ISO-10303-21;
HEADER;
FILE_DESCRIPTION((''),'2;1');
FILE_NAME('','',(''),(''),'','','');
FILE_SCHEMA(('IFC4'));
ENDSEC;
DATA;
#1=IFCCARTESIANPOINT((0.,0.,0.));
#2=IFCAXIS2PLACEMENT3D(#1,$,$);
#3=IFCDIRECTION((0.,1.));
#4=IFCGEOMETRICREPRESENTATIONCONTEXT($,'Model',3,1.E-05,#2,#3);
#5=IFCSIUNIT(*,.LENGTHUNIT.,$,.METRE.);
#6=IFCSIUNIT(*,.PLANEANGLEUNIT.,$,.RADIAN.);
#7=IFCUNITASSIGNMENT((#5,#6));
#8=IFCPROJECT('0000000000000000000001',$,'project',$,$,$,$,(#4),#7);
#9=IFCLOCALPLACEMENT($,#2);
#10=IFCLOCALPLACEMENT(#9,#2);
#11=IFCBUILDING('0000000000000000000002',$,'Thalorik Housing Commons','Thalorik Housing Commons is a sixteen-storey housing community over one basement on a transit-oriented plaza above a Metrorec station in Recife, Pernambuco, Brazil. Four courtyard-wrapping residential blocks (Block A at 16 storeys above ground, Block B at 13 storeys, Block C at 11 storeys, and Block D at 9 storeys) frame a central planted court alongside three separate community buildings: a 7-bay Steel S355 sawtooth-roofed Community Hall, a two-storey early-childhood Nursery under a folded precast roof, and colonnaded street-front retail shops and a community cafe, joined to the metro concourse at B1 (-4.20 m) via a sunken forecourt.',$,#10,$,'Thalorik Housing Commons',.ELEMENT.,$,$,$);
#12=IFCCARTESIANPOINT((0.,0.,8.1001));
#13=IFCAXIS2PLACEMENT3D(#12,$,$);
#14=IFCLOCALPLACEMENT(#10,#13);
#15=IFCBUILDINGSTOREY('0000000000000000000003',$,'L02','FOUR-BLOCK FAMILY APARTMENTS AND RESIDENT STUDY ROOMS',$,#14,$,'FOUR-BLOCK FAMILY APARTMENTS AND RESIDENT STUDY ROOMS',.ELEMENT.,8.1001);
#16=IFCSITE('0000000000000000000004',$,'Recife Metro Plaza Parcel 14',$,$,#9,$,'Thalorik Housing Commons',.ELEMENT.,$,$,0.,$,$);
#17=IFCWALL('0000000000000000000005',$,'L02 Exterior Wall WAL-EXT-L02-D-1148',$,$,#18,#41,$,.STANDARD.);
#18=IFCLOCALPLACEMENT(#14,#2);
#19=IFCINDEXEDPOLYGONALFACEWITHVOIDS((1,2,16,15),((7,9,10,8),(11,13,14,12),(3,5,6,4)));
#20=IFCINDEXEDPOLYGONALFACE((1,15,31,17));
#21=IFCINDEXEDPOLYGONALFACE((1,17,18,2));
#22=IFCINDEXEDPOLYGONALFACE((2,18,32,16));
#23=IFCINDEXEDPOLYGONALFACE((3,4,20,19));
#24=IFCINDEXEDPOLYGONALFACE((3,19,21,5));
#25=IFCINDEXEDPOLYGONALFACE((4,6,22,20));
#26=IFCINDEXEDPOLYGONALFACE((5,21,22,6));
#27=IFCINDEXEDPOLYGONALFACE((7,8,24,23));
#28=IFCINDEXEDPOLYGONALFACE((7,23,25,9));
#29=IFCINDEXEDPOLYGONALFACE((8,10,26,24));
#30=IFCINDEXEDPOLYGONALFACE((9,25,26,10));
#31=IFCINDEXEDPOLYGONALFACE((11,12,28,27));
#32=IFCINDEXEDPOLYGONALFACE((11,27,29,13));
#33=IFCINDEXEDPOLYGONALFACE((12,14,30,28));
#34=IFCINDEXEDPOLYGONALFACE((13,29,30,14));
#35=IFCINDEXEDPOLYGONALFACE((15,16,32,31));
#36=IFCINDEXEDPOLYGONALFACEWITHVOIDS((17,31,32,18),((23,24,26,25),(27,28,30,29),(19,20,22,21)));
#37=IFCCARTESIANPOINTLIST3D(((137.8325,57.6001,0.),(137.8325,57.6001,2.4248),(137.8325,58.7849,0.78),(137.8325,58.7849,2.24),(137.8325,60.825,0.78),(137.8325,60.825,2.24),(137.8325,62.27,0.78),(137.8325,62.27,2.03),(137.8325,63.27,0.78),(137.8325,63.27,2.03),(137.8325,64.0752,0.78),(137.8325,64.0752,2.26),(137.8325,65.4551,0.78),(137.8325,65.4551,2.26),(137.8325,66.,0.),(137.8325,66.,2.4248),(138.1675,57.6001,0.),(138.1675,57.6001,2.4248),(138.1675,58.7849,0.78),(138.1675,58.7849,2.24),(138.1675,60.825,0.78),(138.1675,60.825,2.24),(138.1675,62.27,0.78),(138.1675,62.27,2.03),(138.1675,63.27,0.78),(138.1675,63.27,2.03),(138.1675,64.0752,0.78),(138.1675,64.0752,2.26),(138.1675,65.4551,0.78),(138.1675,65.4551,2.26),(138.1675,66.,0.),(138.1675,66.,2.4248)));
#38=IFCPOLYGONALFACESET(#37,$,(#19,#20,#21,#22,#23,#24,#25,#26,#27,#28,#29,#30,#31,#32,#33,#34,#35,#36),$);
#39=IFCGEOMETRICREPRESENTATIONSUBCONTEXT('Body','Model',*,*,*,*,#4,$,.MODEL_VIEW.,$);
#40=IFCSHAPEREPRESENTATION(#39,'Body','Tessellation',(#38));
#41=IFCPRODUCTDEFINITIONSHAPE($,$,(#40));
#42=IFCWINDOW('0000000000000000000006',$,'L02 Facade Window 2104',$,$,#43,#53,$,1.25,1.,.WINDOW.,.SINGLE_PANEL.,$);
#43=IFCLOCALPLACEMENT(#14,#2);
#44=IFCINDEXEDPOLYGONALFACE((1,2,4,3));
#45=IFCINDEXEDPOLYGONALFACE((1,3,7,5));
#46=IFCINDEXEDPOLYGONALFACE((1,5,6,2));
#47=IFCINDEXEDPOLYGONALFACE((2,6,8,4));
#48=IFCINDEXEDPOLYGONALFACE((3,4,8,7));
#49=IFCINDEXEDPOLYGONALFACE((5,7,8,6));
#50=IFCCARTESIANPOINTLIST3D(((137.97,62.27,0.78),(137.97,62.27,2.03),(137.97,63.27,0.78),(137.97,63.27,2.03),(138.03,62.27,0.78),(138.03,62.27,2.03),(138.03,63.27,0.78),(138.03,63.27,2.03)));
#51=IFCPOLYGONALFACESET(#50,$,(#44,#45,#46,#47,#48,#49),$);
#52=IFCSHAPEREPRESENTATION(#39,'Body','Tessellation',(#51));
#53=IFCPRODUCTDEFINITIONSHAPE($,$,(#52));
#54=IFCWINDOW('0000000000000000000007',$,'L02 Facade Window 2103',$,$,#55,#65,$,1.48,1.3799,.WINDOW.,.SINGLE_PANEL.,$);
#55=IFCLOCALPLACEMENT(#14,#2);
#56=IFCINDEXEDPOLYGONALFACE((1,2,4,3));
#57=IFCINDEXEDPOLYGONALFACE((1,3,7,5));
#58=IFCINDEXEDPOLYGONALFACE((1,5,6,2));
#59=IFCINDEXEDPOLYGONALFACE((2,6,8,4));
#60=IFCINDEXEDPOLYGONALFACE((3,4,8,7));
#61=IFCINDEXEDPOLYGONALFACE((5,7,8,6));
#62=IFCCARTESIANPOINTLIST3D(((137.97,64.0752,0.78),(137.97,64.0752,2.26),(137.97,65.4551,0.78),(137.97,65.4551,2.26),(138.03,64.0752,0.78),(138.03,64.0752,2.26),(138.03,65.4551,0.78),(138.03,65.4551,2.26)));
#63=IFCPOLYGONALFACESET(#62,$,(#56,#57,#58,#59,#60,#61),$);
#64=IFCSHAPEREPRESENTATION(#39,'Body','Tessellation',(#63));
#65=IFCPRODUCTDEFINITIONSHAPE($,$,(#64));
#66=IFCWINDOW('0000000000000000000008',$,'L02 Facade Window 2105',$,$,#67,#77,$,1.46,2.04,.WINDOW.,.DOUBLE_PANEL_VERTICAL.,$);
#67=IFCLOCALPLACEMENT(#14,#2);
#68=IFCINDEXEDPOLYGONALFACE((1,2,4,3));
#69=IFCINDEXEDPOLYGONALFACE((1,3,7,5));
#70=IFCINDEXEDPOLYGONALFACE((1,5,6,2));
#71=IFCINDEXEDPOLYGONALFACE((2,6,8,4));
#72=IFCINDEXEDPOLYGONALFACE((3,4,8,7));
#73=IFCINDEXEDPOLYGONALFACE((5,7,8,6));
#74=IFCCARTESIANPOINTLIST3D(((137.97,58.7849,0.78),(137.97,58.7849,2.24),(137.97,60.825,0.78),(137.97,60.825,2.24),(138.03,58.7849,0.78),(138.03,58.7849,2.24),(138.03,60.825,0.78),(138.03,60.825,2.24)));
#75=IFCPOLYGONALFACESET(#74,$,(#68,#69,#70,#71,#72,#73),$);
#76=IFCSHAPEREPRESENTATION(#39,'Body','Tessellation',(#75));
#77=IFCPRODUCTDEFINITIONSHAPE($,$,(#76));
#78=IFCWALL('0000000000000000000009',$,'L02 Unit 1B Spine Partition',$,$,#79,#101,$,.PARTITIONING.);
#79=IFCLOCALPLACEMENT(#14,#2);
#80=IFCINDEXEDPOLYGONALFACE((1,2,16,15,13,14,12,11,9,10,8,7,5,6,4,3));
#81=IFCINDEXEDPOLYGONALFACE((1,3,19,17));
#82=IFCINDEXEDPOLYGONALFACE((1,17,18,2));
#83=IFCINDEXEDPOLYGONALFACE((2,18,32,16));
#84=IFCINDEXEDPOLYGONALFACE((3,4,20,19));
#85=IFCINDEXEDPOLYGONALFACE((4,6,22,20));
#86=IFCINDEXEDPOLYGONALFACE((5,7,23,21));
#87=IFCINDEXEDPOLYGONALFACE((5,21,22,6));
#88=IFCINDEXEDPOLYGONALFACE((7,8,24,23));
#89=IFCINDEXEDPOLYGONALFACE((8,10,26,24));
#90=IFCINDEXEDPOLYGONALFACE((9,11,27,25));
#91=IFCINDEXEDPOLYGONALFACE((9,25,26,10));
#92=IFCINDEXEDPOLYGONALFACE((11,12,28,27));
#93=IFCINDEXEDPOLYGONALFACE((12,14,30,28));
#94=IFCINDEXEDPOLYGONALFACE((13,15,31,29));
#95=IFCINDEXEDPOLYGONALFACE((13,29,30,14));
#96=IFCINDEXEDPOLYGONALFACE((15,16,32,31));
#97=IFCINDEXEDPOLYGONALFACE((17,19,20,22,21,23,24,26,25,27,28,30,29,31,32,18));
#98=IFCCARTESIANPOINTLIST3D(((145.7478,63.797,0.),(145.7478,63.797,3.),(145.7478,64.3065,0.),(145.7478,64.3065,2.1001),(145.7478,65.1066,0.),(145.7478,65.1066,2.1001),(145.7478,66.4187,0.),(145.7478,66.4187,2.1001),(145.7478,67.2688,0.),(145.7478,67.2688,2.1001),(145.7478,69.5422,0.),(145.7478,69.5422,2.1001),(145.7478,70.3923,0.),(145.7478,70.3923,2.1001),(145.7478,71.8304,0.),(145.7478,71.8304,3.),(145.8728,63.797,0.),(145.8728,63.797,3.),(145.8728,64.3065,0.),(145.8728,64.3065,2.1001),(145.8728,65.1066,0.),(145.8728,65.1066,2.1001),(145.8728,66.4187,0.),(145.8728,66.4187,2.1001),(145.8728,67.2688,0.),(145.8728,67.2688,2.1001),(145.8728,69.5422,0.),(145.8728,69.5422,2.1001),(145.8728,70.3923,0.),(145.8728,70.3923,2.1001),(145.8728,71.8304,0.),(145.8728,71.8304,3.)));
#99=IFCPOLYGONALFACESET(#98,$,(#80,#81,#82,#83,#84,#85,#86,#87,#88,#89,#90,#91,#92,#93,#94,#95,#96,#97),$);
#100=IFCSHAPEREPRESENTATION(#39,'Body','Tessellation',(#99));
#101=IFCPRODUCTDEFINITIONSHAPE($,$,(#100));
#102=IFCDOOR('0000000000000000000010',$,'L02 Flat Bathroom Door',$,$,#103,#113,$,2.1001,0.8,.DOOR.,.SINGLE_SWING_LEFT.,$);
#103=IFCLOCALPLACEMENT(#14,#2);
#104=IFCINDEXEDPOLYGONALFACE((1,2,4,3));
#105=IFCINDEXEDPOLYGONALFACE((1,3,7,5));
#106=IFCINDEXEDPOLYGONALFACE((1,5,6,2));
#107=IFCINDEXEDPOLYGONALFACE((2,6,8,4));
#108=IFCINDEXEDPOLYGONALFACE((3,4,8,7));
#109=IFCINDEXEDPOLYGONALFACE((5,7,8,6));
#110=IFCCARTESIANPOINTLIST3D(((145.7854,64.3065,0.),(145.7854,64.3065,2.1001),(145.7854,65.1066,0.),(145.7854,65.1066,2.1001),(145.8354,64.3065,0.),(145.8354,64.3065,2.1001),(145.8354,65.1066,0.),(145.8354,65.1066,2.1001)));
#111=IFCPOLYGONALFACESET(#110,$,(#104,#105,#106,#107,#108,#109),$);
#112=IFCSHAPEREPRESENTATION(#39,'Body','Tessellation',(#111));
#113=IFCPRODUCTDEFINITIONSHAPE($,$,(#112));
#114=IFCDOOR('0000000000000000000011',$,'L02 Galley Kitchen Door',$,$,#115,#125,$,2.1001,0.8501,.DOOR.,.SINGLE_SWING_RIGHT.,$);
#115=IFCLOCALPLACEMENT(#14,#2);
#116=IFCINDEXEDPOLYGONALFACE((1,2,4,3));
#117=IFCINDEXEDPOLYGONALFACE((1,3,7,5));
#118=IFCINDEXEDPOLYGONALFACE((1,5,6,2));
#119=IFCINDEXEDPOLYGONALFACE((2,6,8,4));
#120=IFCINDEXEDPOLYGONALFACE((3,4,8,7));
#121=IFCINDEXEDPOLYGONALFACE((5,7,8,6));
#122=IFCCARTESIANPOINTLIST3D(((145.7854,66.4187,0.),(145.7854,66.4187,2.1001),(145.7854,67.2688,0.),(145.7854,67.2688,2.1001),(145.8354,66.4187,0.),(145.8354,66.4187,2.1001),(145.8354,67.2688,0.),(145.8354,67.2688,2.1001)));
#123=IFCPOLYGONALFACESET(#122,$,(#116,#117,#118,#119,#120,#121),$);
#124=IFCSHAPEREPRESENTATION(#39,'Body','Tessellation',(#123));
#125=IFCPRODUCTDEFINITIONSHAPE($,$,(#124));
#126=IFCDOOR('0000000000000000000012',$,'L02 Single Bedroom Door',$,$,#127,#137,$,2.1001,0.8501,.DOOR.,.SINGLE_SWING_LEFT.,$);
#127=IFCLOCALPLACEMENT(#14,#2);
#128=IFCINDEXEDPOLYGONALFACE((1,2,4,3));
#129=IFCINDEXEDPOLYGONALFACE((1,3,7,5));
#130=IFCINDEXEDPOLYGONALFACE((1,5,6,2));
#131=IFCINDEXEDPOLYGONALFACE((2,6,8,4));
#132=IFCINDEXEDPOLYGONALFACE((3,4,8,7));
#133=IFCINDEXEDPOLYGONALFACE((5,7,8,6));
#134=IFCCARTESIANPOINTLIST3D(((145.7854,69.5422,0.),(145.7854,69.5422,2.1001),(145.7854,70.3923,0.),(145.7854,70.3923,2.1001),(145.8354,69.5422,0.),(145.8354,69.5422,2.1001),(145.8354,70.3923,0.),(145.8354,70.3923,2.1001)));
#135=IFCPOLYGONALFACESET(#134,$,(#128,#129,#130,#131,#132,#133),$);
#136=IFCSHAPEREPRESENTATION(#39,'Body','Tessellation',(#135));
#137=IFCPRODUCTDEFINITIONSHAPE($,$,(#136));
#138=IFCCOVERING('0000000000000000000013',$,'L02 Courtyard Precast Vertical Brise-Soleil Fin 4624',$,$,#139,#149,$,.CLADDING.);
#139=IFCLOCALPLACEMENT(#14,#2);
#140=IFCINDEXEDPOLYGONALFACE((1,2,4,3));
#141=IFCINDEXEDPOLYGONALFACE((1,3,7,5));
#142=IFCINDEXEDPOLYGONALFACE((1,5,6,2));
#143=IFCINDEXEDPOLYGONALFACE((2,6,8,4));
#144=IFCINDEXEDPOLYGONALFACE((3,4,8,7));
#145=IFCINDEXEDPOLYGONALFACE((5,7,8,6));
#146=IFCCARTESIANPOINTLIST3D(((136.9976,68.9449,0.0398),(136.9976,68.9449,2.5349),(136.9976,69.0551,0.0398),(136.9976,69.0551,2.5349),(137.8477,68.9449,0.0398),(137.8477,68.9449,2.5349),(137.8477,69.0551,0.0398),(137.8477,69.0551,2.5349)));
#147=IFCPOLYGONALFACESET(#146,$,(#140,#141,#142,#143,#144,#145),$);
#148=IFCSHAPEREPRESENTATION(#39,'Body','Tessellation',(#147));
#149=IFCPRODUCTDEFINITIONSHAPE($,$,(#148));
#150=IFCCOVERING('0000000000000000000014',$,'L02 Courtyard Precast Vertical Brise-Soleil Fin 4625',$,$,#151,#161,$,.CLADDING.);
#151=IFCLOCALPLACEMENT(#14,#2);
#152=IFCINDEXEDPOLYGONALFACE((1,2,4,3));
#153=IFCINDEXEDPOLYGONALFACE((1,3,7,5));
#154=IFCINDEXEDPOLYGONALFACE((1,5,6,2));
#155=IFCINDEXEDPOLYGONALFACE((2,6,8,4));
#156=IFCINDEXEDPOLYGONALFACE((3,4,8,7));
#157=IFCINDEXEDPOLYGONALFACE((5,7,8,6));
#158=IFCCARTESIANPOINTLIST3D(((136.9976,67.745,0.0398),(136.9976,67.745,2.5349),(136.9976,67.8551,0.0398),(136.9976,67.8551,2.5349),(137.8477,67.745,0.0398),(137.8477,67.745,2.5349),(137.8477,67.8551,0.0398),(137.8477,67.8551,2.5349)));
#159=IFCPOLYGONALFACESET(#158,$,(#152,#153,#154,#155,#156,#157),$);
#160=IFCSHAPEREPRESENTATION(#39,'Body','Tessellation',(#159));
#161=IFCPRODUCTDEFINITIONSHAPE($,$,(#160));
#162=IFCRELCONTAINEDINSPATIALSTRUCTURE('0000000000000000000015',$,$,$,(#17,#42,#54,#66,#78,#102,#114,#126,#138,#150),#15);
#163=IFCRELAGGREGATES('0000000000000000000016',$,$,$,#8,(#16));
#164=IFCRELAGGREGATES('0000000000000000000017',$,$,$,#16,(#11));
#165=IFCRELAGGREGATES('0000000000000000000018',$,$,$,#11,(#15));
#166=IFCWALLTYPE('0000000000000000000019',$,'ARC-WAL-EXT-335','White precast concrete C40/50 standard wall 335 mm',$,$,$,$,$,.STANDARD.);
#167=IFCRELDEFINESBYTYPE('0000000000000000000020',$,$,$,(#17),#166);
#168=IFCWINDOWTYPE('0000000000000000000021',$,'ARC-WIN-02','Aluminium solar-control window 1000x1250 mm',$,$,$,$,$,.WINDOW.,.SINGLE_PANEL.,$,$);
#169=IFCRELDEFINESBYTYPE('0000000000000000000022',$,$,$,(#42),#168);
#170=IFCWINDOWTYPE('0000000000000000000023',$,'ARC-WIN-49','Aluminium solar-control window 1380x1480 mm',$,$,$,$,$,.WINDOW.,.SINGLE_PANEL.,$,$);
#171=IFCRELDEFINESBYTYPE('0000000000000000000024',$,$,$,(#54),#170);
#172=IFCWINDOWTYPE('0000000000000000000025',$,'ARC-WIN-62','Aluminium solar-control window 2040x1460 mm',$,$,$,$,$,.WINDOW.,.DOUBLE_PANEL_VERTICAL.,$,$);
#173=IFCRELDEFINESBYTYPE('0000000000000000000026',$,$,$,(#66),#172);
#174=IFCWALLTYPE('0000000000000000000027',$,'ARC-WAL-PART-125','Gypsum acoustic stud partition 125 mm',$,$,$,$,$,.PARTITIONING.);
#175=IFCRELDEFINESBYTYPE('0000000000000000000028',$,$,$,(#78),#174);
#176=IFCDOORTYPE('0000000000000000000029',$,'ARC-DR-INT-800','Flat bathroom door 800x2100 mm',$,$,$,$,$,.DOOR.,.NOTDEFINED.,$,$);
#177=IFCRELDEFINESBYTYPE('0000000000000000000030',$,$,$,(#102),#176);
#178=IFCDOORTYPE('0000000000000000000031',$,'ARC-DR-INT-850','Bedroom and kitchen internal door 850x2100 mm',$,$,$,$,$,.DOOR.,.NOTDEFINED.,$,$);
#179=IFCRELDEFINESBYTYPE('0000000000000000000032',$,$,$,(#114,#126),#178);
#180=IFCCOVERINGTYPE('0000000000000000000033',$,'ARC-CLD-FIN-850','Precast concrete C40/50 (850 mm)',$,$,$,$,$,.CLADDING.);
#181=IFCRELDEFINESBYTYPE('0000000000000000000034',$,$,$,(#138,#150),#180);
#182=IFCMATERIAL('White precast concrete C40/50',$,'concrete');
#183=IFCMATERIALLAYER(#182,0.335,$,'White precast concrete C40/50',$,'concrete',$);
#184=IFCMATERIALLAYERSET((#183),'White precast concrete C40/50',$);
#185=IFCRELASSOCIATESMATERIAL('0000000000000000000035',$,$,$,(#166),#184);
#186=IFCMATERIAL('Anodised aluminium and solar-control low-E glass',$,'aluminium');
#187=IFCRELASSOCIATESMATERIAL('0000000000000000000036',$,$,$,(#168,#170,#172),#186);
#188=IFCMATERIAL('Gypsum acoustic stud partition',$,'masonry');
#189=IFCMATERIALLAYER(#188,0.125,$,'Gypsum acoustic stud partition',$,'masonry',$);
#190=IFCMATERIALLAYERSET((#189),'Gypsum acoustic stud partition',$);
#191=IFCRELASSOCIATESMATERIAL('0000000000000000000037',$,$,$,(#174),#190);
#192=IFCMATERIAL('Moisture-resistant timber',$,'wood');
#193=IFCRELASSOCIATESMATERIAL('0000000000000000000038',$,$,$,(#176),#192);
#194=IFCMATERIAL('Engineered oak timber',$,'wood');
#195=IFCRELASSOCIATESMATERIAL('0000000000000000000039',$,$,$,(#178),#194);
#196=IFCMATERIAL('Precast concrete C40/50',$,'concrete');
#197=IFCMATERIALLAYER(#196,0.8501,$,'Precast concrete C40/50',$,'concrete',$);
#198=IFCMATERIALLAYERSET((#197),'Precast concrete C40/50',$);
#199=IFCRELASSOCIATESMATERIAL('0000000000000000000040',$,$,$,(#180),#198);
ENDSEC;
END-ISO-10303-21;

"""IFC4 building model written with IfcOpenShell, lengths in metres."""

from ifc_helpers import new_model, si_unit, direction, frame, frame_2d, origin, origin_2d, place, context, subcontext, project, spatial, rectangle, extrude, material, layer, layer_set, type_object, element, fill, save


model = new_model("IFC4")

# Units and contexts
model_context = context("Model", 3, precision=1e-05, world=origin(), true_north=direction((0.0, 1.0)))
body_context = subcontext(model_context, "Body", "Model", "MODEL_VIEW")
ifc_project = project(units=[si_unit("LENGTHUNIT", "METRE"), si_unit("PLANEANGLEUNIT", "RADIAN")], contexts=[model_context])

# Site, building, storey
site_placement = place(None, origin())
site = spatial("IfcSite", under=ifc_project, at=site_placement, Name="Recife Metro Plaza Parcel 14", LongName="Thalorik Housing Commons", CompositionType="ELEMENT", RefElevation=0.0)
building_placement = place(site_placement, origin())
building = spatial("IfcBuilding", under=site, at=building_placement, Name="Thalorik Housing Commons", Description="Thalorik Housing Commons is a sixteen-storey housing community over one basement on a transit-oriented plaza above a Metrorec station in Recife, Pernambuco, Brazil. Four courtyard-wrapping residential blocks (Block A at 16 storeys above ground, Block B at 13 storeys, Block C at 11 storeys, and Block D at 9 storeys) frame a central planted court alongside three separate community buildings: a 7-bay Steel S355 sawtooth-roofed Community Hall, a two-storey early-childhood Nursery under a folded precast roof, and colonnaded street-front retail shops and a community cafe, joined to the metro concourse at B1 (-4.20 m) via a sunken forecourt.", LongName="Thalorik Housing Commons", CompositionType="ELEMENT")
storey_placement = place(building_placement, frame((0.0, 0.0, 8.1001)))
storey = spatial("IfcBuildingStorey", under=building, at=storey_placement, Name="L02", Description="FOUR-BLOCK FAMILY APARTMENTS AND RESIDENT STUDY ROOMS", LongName="FOUR-BLOCK FAMILY APARTMENTS AND RESIDENT STUDY ROOMS", CompositionType="ELEMENT", Elevation=8.1001)

# Shared definitions
ifc_material_1 = material(Name="Precast concrete C40/50", Category="concrete")

# Wall, openings, windows
ifc_material_2 = material(Name="White precast concrete C40/50", Category="concrete")
ifc_layer_1 = layer(ifc_material_2, 0.335, Name="White precast concrete C40/50", Category="concrete")
ifc_layer_set_1 = layer_set([ifc_layer_1], Name="White precast concrete C40/50")
wall_type_1 = type_object("IfcWallType", Name="ARC-WAL-EXT-335", Description="White precast concrete C40/50 standard wall 335 mm", PredefinedType="STANDARD", material=ifc_layer_set_1)
wall_1_placement = place(storey_placement, frame((138.0, 66.0, 0.0), z_axis=(0.0, 0.0, 1.0), x_axis=(0.0, -1.0, 0.0)))
wall_1 = element("IfcWall", 1, at=wall_1_placement, inside=storey, type_object=wall_type_1, Name="L02 Exterior Wall WAL-EXT-L02-D-1148", PredefinedType="STANDARD", context=body_context, shape_type="SweptSolid", body=[
    extrude(rectangle(XDim=8.3999, YDim=0.335, at=frame_2d((4.2, 0.0))), origin(), (0.0, 0.0, 1.0), 2.4248),
])
opening_1_placement = place(wall_1_placement, frame((0.5449, 0.0, 0.78)))
opening_1 = element("IfcOpeningElement", 2, at=opening_1_placement, cuts=wall_1, PredefinedType="OPENING", context=body_context, shape_type="SweptSolid", body=[
    extrude(rectangle(XDim=1.3799, YDim=1.48, at=frame_2d((0.6899, 0.74))), frame((0.0, 0.1775, 0.0), z_axis=(0.0, -1.0, 0.0), x_axis=(1.0, 0.0, 0.0)), (0.0, 0.0, 1.0), 0.355),
])
opening_2_placement = place(wall_1_placement, frame((2.73, 0.0, 0.78)))
opening_2 = element("IfcOpeningElement", 3, at=opening_2_placement, cuts=wall_1, PredefinedType="OPENING", context=body_context, shape_type="SweptSolid", body=[
    extrude(rectangle(XDim=1.0, YDim=1.25, at=frame_2d((0.5, 0.625))), frame((0.0, 0.1775, 0.0), z_axis=(0.0, -1.0, 0.0), x_axis=(1.0, 0.0, 0.0)), (0.0, 0.0, 1.0), 0.355),
])
opening_3_placement = place(wall_1_placement, frame((5.175, 0.0, 0.78)))
opening_3 = element("IfcOpeningElement", 4, at=opening_3_placement, cuts=wall_1, PredefinedType="OPENING", context=body_context, shape_type="SweptSolid", body=[
    extrude(rectangle(XDim=2.04, YDim=1.46, at=frame_2d((1.02, 0.73))), frame((0.0, 0.1775, 0.0), z_axis=(0.0, -1.0, 0.0), x_axis=(1.0, 0.0, 0.0)), (0.0, 0.0, 1.0), 0.355),
])
ifc_material_3 = material(Name="Anodised aluminium and solar-control low-E glass", Category="aluminium")
window_type_1 = type_object("IfcWindowType", Name="ARC-WIN-02", Description="Aluminium solar-control window 1000x1250 mm", PartitioningType="SINGLE_PANEL", PredefinedType="WINDOW", material=ifc_material_3)
window_1_placement = place(opening_2_placement, origin())
window_1 = element("IfcWindow", 5, at=window_1_placement, inside=storey, type_object=window_type_1, Name="L02 Facade Window 2104", OverallHeight=1.25, OverallWidth=1.0, PartitioningType="SINGLE_PANEL", PredefinedType="WINDOW", context=body_context, shape_type="SweptSolid", body=[
    extrude(rectangle(XDim=1.0, YDim=1.25, at=frame_2d((0.5, 0.625))), frame((0.0, 0.03, 0.0), z_axis=(0.0, -1.0, 0.0), x_axis=(1.0, 0.0, 0.0)), (0.0, 0.0, 1.0), 0.0601),
])
fill(opening_2, window_1)
window_type_2 = type_object("IfcWindowType", Name="ARC-WIN-49", Description="Aluminium solar-control window 1380x1480 mm", PartitioningType="SINGLE_PANEL", PredefinedType="WINDOW", material=ifc_material_3)
window_2_placement = place(opening_1_placement, origin())
window_2 = element("IfcWindow", 6, at=window_2_placement, inside=storey, type_object=window_type_2, Name="L02 Facade Window 2103", OverallHeight=1.48, OverallWidth=1.3799, PartitioningType="SINGLE_PANEL", PredefinedType="WINDOW", context=body_context, shape_type="SweptSolid", body=[
    extrude(rectangle(XDim=1.3799, YDim=1.48, at=frame_2d((0.6899, 0.74))), frame((0.0, 0.03, 0.0), z_axis=(0.0, -1.0, 0.0), x_axis=(1.0, 0.0, 0.0)), (0.0, 0.0, 1.0), 0.0601),
])
fill(opening_1, window_2)
window_type_3 = type_object("IfcWindowType", Name="ARC-WIN-62", Description="Aluminium solar-control window 2040x1460 mm", PartitioningType="DOUBLE_PANEL_VERTICAL", PredefinedType="WINDOW", material=ifc_material_3)
window_3_placement = place(opening_3_placement, origin())
window_3 = element("IfcWindow", 7, at=window_3_placement, inside=storey, type_object=window_type_3, Name="L02 Facade Window 2105", OverallHeight=1.46, OverallWidth=2.04, PartitioningType="DOUBLE_PANEL_VERTICAL", PredefinedType="WINDOW", context=body_context, shape_type="SweptSolid", body=[
    extrude(rectangle(XDim=2.04, YDim=1.46, at=frame_2d((1.02, 0.73))), frame((0.0, 0.03, 0.0), z_axis=(0.0, -1.0, 0.0), x_axis=(1.0, 0.0, 0.0)), (0.0, 0.0, 1.0), 0.0601),
])
fill(opening_3, window_3)

# Wall, openings, doors
ifc_material_4 = material(Name="Gypsum acoustic stud partition", Category="masonry")
ifc_layer_2 = layer(ifc_material_4, 0.125, Name="Gypsum acoustic stud partition", Category="masonry")
ifc_layer_set_2 = layer_set([ifc_layer_2], Name="Gypsum acoustic stud partition")
wall_type_2 = type_object("IfcWallType", Name="ARC-WAL-PART-125", Description="Gypsum acoustic stud partition 125 mm", PredefinedType="PARTITIONING", material=ifc_layer_set_2)
wall_2_placement = place(storey_placement, frame((145.8103, 63.7971, 0.0), z_axis=(0.0, 0.0, 1.0), x_axis=(0.0, 1.0, 0.0)))
wall_2 = element("IfcWall", 8, at=wall_2_placement, inside=storey, type_object=wall_type_2, Name="L02 Unit 1B Spine Partition", PredefinedType="PARTITIONING", context=body_context, shape_type="SweptSolid", body=[
    extrude(rectangle(XDim=8.0334, YDim=0.125, at=frame_2d((4.0166, 0.0))), origin(), (0.0, 0.0, 1.0), 3.0),
])
opening_4_placement = place(wall_2_placement, frame((0.5095, 0.0, 0.0)))
opening_4 = element("IfcOpeningElement", 9, at=opening_4_placement, cuts=wall_2, PredefinedType="OPENING", context=body_context, shape_type="SweptSolid", body=[
    extrude(rectangle(XDim=0.8, YDim=2.1001, at=frame_2d((0.3999, 1.05))), frame((0.0, 0.0725, 0.0), z_axis=(0.0, -1.0, 0.0), x_axis=(1.0, 0.0, 0.0)), (0.0, 0.0, 1.0), 0.145),
])
opening_5_placement = place(wall_2_placement, frame((2.6216, 0.0, 0.0)))
opening_5 = element("IfcOpeningElement", 10, at=opening_5_placement, cuts=wall_2, PredefinedType="OPENING", context=body_context, shape_type="SweptSolid", body=[
    extrude(rectangle(XDim=0.8501, YDim=2.1001, at=frame_2d((0.425, 1.05))), frame((0.0, 0.0725, 0.0), z_axis=(0.0, -1.0, 0.0), x_axis=(1.0, 0.0, 0.0)), (0.0, 0.0, 1.0), 0.145),
])
opening_6_placement = place(wall_2_placement, frame((5.7451, 0.0, 0.0)))
opening_6 = element("IfcOpeningElement", 11, at=opening_6_placement, cuts=wall_2, PredefinedType="OPENING", context=body_context, shape_type="SweptSolid", body=[
    extrude(rectangle(XDim=0.8501, YDim=2.1001, at=frame_2d((0.425, 1.05))), frame((0.0, 0.0725, 0.0), z_axis=(0.0, -1.0, 0.0), x_axis=(1.0, 0.0, 0.0)), (0.0, 0.0, 1.0), 0.145),
])
ifc_material_5 = material(Name="Moisture-resistant timber", Category="wood")
door_type_1 = type_object("IfcDoorType", Name="ARC-DR-INT-800", Description="Flat bathroom door 800x2100 mm", OperationType="NOTDEFINED", PredefinedType="DOOR", material=ifc_material_5)
door_1_placement = place(opening_4_placement, origin())
door_1 = element("IfcDoor", 12, at=door_1_placement, inside=storey, type_object=door_type_1, Name="L02 Flat Bathroom Door", OperationType="SINGLE_SWING_LEFT", OverallHeight=2.1001, OverallWidth=0.8, PredefinedType="DOOR", context=body_context, shape_type="SweptSolid", body=[
    extrude(rectangle(XDim=0.8, YDim=2.1001, at=frame_2d((0.3999, 1.05))), frame((0.0, 0.0249, 0.0), z_axis=(0.0, -1.0, 0.0), x_axis=(1.0, 0.0, 0.0)), (0.0, 0.0, 1.0), 0.05),
])
fill(opening_4, door_1)
ifc_material_6 = material(Name="Engineered oak timber", Category="wood")
door_type_2 = type_object("IfcDoorType", Name="ARC-DR-INT-850", Description="Bedroom and kitchen internal door 850x2100 mm", OperationType="NOTDEFINED", PredefinedType="DOOR", material=ifc_material_6)
door_2_placement = place(opening_5_placement, origin())
door_2 = element("IfcDoor", 13, at=door_2_placement, inside=storey, type_object=door_type_2, Name="L02 Galley Kitchen Door", OperationType="SINGLE_SWING_RIGHT", OverallHeight=2.1001, OverallWidth=0.8501, PredefinedType="DOOR", context=body_context, shape_type="SweptSolid", body=[
    extrude(rectangle(XDim=0.8501, YDim=2.1001, at=frame_2d((0.425, 1.05))), frame((0.0, 0.0249, 0.0), z_axis=(0.0, -1.0, 0.0), x_axis=(1.0, 0.0, 0.0)), (0.0, 0.0, 1.0), 0.05),
])
fill(opening_5, door_2)
door_3_placement = place(opening_6_placement, origin())
door_3 = element("IfcDoor", 14, at=door_3_placement, inside=storey, type_object=door_type_2, Name="L02 Single Bedroom Door", OperationType="SINGLE_SWING_LEFT", OverallHeight=2.1001, OverallWidth=0.8501, PredefinedType="DOOR", context=body_context, shape_type="SweptSolid", body=[
    extrude(rectangle(XDim=0.8501, YDim=2.1001, at=frame_2d((0.425, 1.05))), frame((0.0, 0.0249, 0.0), z_axis=(0.0, -1.0, 0.0), x_axis=(1.0, 0.0, 0.0)), (0.0, 0.0, 1.0), 0.05),
])
fill(opening_6, door_3)

# Coverings
ifc_layer_3 = layer(ifc_material_1, 0.8501, Name="Precast concrete C40/50", Category="concrete")
ifc_layer_set_3 = layer_set([ifc_layer_3], Name="Precast concrete C40/50")
covering_type_1 = type_object("IfcCoveringType", Name="ARC-CLD-FIN-850", Description="Precast concrete C40/50 (850 mm)", PredefinedType="CLADDING", material=ifc_layer_set_3)
for number, where, z_axis, x_axis, name in (
    (15, (137.4226, 69.0, 0.0398), (0.0, 0.0, 1.0), (0.0, -1.0, 0.0), "L02 Courtyard Precast Vertical Brise-Soleil Fin 4624"),
    (16, (137.4226, 67.8, 0.0398), (0.0, 0.0, 1.0), (0.0, -1.0, 0.0), "L02 Courtyard Precast Vertical Brise-Soleil Fin 4625"),
):
    element("IfcCovering", number, at=place(storey_placement, frame(where, z_axis=z_axis, x_axis=x_axis)), inside=storey, type_object=covering_type_1, Name=name, PredefinedType="CLADDING", context=body_context, shape_type="SweptSolid", body=[
        extrude(rectangle(XDim=0.1101, YDim=0.8501, at=origin_2d()), origin(), (0.0, 0.0, 1.0), 2.4951),
    ])

save(model, "model.ifc")
